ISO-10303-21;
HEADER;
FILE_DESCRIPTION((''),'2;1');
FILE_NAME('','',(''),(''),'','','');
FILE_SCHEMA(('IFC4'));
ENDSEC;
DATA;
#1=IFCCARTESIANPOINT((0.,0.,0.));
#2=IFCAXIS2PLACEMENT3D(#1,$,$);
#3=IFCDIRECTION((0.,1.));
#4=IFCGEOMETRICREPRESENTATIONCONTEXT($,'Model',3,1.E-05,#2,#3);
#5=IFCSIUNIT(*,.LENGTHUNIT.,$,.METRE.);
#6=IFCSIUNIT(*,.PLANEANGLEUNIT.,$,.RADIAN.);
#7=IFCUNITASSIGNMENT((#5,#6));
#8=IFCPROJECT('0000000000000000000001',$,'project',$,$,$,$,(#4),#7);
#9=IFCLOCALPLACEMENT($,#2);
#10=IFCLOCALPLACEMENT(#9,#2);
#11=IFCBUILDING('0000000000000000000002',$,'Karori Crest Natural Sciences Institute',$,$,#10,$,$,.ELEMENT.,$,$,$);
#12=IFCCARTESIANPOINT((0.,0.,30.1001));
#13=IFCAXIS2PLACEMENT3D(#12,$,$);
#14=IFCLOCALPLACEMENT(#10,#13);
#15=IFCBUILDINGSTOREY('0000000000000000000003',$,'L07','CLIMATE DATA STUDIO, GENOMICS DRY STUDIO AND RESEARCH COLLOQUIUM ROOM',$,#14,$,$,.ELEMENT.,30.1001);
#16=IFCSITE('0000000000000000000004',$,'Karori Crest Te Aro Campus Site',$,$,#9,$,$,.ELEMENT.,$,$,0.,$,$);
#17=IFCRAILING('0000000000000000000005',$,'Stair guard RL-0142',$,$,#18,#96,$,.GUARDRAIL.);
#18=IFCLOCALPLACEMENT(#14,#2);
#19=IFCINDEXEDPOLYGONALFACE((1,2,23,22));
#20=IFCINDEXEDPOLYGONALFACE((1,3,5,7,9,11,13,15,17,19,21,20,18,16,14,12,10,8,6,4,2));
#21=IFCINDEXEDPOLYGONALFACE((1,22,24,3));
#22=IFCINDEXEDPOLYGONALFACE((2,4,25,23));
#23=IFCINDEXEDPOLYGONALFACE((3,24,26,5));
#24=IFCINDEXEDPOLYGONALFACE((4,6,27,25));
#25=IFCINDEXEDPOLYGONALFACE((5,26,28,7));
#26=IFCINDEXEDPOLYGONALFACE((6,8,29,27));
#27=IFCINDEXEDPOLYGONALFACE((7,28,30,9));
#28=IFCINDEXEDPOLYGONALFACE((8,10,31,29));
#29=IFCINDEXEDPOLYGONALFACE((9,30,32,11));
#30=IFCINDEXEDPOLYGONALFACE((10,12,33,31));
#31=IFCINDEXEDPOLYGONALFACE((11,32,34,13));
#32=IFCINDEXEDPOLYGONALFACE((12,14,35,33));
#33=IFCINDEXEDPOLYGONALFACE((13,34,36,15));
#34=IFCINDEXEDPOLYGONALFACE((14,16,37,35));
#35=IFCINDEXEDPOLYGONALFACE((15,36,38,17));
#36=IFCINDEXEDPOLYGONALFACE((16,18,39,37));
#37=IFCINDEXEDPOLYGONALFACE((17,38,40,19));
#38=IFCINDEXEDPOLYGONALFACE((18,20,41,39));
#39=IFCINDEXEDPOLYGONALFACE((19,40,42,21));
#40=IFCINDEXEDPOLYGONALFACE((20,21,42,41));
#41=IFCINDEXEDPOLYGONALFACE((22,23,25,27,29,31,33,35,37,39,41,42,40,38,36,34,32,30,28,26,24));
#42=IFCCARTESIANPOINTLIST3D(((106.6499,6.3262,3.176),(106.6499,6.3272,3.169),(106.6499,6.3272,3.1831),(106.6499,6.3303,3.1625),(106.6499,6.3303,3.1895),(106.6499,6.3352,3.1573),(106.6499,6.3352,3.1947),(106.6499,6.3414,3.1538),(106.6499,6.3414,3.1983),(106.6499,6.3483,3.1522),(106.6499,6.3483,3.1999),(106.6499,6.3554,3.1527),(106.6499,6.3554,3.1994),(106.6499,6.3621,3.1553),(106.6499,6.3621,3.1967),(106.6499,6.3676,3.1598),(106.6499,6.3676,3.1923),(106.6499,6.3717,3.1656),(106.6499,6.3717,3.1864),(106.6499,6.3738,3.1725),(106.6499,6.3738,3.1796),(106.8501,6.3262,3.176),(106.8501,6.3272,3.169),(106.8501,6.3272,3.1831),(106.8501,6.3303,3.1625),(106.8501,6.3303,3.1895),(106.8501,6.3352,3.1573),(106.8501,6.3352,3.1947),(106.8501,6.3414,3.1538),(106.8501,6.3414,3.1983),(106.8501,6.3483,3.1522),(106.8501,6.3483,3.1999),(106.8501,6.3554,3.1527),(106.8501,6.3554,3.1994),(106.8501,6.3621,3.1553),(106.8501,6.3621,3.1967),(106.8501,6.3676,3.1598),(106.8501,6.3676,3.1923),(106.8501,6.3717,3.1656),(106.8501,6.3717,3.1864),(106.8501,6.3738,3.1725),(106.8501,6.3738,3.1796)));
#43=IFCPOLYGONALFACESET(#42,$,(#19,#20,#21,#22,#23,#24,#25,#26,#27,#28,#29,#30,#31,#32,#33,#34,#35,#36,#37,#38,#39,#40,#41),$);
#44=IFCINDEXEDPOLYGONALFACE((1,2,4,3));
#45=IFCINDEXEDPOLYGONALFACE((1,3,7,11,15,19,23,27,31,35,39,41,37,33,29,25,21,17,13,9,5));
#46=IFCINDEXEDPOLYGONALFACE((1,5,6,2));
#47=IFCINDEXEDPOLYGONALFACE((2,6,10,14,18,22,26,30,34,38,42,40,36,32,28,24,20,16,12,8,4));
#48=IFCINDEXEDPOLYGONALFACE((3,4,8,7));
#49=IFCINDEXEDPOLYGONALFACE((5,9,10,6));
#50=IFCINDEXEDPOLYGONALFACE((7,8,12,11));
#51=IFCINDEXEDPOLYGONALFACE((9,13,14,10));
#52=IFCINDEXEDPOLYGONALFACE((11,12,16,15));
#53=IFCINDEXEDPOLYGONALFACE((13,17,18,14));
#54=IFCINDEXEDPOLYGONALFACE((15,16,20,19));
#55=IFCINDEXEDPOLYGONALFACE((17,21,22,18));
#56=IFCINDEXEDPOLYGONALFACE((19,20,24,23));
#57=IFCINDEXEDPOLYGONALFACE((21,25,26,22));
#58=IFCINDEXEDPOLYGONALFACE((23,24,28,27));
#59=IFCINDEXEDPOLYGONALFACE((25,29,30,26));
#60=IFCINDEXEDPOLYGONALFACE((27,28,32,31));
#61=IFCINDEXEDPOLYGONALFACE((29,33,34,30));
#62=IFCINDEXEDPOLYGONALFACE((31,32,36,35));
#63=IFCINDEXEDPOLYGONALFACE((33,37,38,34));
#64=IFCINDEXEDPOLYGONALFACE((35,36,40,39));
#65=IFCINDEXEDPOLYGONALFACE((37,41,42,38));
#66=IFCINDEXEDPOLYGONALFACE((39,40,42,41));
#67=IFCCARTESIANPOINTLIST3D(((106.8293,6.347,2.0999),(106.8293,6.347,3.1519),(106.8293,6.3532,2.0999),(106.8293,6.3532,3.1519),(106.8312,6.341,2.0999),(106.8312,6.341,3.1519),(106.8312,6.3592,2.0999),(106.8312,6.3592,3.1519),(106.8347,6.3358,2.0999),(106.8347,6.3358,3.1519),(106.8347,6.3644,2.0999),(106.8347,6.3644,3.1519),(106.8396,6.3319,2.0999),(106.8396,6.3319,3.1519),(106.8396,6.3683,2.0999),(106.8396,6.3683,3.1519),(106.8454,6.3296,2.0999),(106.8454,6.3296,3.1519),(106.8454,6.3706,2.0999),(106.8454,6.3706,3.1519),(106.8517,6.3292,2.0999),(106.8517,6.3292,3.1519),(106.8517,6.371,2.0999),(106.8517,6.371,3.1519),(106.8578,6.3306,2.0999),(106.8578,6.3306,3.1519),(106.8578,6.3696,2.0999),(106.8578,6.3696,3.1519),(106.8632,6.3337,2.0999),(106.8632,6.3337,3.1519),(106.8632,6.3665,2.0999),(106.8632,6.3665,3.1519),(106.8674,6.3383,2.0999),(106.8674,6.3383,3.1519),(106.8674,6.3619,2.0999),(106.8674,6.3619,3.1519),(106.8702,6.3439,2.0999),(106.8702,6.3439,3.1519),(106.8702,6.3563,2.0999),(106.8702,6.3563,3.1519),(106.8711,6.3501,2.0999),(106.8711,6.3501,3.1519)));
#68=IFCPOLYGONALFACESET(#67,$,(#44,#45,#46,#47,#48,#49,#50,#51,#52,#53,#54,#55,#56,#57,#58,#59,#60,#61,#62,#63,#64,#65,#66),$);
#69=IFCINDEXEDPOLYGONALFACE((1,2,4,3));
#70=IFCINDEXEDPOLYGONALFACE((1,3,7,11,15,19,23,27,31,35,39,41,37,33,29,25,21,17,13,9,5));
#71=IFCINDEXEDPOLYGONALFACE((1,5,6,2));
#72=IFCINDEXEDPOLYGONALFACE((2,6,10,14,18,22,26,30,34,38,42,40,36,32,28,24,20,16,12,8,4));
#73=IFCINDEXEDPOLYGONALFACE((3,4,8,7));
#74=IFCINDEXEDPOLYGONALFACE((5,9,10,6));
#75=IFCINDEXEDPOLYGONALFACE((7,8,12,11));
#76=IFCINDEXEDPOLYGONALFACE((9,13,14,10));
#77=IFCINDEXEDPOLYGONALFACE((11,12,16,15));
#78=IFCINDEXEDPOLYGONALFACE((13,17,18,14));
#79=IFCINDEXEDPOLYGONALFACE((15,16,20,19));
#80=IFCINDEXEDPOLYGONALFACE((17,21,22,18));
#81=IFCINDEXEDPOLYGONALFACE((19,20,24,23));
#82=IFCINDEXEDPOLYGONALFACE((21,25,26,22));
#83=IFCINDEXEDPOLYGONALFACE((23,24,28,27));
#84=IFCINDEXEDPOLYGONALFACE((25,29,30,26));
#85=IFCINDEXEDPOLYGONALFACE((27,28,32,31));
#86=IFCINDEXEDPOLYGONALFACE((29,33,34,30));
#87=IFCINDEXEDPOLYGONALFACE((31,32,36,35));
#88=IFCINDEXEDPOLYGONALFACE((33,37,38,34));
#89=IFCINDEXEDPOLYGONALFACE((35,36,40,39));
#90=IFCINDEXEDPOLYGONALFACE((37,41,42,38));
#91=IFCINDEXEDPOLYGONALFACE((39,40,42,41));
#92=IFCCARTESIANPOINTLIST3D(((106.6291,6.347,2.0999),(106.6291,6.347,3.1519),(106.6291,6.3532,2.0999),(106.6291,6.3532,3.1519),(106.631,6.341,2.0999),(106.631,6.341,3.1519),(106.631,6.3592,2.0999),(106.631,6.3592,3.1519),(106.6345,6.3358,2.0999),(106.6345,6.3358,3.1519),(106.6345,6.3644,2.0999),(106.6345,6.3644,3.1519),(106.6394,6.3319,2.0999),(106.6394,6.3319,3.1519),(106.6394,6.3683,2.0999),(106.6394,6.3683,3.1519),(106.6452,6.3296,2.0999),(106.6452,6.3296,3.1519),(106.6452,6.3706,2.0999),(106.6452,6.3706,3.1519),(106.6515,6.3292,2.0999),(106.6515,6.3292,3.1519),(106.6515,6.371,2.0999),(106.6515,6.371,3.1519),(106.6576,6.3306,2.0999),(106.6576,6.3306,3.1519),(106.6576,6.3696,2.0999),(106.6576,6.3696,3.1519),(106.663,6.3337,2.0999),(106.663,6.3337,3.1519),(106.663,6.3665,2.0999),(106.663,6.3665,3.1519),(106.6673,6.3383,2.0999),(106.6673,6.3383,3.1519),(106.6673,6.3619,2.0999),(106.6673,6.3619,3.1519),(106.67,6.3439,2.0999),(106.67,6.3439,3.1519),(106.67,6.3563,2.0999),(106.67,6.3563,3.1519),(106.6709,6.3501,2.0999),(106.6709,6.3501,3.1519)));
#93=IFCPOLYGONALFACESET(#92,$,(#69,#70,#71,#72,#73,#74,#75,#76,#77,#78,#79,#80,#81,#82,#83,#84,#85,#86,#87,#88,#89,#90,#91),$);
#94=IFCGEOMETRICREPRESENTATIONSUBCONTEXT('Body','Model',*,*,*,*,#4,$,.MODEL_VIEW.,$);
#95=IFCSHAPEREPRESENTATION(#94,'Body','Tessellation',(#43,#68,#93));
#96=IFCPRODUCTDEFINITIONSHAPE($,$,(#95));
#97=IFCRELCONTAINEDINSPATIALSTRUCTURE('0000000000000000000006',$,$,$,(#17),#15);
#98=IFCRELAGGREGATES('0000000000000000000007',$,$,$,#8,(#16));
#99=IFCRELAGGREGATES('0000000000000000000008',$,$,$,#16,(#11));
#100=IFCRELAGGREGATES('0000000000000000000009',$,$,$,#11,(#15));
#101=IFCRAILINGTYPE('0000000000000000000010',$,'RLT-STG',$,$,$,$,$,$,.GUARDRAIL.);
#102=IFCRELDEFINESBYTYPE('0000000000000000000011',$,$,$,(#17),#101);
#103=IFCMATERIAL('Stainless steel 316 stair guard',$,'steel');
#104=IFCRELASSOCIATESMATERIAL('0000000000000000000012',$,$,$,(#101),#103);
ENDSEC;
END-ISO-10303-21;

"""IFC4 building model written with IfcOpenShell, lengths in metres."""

from ifc_helpers import new_model, si_unit, direction, frame, origin, origin_2d, place, context, subcontext, project, spatial, circle, extrude, material, type_object, element, save


model = new_model("IFC4")

# Units and contexts
model_context = context("Model", 3, precision=1e-05, world=origin(), true_north=direction((0.0, 1.0)))
body_context = subcontext(model_context, "Body", "Model", "MODEL_VIEW")
ifc_project = project(units=[si_unit("LENGTHUNIT", "METRE"), si_unit("PLANEANGLEUNIT", "RADIAN")], contexts=[model_context])

# Site, building, storey
site_placement = place(None, origin())
site = spatial("IfcSite", under=ifc_project, at=site_placement, Name="Karori Crest Te Aro Campus Site", CompositionType="ELEMENT", RefElevation=0.0)
building_placement = place(site_placement, origin())
building = spatial("IfcBuilding", under=site, at=building_placement, Name="Karori Crest Natural Sciences Institute", CompositionType="ELEMENT")
storey_placement = place(building_placement, frame((0.0, 0.0, 30.1001)))
storey = spatial("IfcBuildingStorey", under=building, at=storey_placement, Name="L07", Description="CLIMATE DATA STUDIO, GENOMICS DRY STUDIO AND RESEARCH COLLOQUIUM ROOM", CompositionType="ELEMENT", Elevation=30.1001)

# Railing
ifc_material_1 = material(Name="Stainless steel 316 stair guard", Category="steel")
railing_type_1 = type_object("IfcRailingType", Name="RLT-STG", PredefinedType="GUARDRAIL", material=ifc_material_1)
railing_1_placement = place(storey_placement, frame((106.8501, 6.3501, 2.0999)))
element("IfcRailing", 1, at=railing_1_placement, inside=storey, type_object=railing_type_1, Name="Stair guard RL-0142", PredefinedType="GUARDRAIL", context=body_context, shape_type="SweptSolid", body=[
    extrude(circle(Radius=0.0239, at=origin_2d()), frame((0.0, 0.0, 1.0762), z_axis=(-1.0, 0.0, 0.0), x_axis=(0.0, -1.0, 0.0)), (0.0, 0.0, 1.0), 0.2002),
    extrude(circle(Radius=0.021, at=origin_2d()), origin(), (0.0, 0.0, 1.0), 1.052),
    extrude(circle(Radius=0.021, at=origin_2d()), frame((-0.2002, 0.0, 0.0)), (0.0, 0.0, 1.0), 1.052),
])

save(model, "model.ifc")
